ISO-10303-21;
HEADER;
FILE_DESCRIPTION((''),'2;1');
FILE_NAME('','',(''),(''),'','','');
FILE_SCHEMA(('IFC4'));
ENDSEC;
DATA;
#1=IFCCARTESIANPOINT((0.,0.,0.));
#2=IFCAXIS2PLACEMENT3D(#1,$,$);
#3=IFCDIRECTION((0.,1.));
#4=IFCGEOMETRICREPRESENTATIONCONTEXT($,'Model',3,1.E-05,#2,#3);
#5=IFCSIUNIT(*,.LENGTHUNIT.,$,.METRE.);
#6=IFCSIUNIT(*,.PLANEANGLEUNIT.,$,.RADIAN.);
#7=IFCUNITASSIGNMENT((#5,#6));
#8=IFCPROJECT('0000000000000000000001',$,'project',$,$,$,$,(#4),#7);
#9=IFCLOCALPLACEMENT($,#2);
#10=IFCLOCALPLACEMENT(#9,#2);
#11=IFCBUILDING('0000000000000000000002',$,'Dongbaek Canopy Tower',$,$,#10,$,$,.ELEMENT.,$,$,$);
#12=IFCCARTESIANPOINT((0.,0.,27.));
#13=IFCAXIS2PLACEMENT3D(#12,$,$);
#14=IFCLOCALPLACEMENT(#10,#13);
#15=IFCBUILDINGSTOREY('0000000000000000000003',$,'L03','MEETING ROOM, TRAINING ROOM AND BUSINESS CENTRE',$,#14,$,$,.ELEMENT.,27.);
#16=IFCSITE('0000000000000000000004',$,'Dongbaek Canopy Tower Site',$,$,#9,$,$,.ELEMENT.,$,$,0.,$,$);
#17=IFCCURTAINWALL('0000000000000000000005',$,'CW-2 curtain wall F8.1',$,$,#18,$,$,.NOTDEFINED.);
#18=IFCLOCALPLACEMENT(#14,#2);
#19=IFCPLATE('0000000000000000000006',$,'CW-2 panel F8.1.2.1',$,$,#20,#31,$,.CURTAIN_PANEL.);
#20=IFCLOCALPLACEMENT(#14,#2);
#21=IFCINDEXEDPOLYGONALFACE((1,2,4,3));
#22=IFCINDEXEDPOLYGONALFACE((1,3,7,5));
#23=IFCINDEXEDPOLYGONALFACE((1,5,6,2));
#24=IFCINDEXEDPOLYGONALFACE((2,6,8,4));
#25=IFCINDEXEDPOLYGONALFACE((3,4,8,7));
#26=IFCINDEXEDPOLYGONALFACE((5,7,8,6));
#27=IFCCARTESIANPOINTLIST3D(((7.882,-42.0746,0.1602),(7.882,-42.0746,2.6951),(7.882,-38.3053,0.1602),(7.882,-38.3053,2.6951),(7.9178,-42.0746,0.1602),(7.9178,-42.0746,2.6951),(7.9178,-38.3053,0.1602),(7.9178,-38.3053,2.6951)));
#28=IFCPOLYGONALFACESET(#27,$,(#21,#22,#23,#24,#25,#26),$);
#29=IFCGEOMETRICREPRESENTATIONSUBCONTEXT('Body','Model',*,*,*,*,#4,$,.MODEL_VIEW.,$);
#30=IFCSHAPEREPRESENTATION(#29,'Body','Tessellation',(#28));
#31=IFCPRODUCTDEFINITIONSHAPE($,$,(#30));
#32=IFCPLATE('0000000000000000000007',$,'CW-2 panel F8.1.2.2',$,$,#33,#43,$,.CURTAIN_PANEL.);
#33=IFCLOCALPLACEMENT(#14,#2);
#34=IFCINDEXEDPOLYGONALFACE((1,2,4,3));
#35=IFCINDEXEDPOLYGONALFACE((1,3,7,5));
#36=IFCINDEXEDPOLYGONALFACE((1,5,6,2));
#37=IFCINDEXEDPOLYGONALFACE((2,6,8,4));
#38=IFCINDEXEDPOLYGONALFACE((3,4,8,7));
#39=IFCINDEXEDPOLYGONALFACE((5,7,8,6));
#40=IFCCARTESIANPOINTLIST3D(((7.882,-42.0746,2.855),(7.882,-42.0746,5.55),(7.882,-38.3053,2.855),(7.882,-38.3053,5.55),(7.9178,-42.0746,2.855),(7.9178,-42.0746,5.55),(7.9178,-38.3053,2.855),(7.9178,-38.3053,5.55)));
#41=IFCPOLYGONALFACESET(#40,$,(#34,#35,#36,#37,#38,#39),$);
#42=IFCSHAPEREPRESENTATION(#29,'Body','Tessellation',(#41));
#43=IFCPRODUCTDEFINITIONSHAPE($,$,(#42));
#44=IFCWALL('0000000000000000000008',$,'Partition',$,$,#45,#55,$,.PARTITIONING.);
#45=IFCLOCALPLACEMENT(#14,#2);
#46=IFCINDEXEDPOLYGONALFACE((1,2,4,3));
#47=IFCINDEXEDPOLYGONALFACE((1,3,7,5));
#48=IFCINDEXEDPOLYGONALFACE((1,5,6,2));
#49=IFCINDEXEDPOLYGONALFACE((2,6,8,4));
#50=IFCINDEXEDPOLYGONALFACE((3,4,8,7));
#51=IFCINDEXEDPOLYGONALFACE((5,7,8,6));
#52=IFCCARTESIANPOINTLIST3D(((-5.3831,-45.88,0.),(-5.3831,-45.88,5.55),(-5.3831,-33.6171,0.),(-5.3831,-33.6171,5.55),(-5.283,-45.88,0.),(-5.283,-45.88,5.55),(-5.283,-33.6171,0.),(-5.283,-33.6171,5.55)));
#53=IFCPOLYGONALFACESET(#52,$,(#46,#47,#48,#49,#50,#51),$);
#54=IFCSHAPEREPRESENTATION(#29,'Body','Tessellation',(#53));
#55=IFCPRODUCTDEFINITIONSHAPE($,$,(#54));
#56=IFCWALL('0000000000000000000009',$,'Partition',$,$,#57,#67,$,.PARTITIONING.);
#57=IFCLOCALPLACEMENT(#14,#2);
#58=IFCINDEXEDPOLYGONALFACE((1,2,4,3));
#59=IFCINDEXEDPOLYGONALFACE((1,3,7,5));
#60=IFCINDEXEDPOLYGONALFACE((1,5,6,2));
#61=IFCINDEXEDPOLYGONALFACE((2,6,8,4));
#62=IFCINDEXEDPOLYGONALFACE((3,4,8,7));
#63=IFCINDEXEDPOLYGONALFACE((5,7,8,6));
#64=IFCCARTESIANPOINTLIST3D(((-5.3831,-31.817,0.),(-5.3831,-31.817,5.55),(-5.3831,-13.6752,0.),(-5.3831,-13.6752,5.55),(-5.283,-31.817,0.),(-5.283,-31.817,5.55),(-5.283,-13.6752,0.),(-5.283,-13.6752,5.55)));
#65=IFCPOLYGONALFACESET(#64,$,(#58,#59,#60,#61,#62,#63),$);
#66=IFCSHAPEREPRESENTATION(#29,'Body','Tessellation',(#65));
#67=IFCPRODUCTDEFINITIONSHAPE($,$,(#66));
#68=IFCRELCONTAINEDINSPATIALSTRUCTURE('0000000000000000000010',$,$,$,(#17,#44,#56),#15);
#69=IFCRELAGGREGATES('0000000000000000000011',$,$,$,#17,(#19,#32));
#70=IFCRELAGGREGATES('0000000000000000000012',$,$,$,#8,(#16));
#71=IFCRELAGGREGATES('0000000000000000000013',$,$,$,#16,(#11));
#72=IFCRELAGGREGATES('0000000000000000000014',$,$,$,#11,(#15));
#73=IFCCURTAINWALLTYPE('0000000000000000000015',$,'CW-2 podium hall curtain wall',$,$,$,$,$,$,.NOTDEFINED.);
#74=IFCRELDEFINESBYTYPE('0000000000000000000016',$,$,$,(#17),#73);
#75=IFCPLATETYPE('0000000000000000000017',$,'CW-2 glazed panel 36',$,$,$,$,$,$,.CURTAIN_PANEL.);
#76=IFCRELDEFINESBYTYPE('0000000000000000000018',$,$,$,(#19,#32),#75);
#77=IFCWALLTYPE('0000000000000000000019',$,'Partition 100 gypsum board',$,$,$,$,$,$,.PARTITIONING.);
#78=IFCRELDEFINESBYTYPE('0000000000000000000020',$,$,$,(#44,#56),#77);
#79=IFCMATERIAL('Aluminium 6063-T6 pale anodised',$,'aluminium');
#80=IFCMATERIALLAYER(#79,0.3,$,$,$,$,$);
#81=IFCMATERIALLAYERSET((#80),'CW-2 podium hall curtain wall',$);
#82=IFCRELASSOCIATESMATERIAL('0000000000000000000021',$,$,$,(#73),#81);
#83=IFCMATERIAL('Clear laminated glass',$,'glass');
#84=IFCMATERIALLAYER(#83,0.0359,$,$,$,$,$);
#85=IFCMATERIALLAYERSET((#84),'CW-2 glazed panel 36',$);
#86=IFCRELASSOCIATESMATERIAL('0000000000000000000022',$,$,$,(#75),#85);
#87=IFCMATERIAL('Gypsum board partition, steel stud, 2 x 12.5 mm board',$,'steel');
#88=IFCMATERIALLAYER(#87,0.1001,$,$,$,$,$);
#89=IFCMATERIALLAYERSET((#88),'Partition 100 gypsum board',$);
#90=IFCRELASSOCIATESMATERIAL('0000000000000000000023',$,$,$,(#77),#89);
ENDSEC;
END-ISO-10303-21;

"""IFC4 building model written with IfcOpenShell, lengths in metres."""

from ifc_helpers import new_model, si_unit, direction, frame, frame_2d, origin, origin_2d, place, context, subcontext, project, spatial, rectangle, extrude, material, layer, layer_set, type_object, element, aggregate, save


model = new_model("IFC4")

# Units and contexts
model_context = context("Model", 3, precision=1e-05, world=origin(), true_north=direction((0.0, 1.0)))
body_context = subcontext(model_context, "Body", "Model", "MODEL_VIEW")
ifc_project = project(units=[si_unit("LENGTHUNIT", "METRE"), si_unit("PLANEANGLEUNIT", "RADIAN")], contexts=[model_context])

# Site, building, storey
site_placement = place(None, origin())
site = spatial("IfcSite", under=ifc_project, at=site_placement, Name="Dongbaek Canopy Tower Site", CompositionType="ELEMENT", RefElevation=0.0)
building_placement = place(site_placement, origin())
building = spatial("IfcBuilding", under=site, at=building_placement, Name="Dongbaek Canopy Tower", CompositionType="ELEMENT")
storey_placement = place(building_placement, frame((0.0, 0.0, 27.0)))
storey = spatial("IfcBuildingStorey", under=building, at=storey_placement, Name="L03", Description="MEETING ROOM, TRAINING ROOM AND BUSINESS CENTRE", CompositionType="ELEMENT", Elevation=27.0)

# Curtain wall
ifc_material_1 = material(Name="Aluminium 6063-T6 pale anodised", Category="aluminium")
ifc_layer_1 = layer(ifc_material_1, 0.3)
ifc_layer_set_1 = layer_set([ifc_layer_1], Name="CW-2 podium hall curtain wall")
curtain_wall_type = type_object("IfcCurtainWallType", Name="CW-2 podium hall curtain wall", PredefinedType="NOTDEFINED", material=ifc_layer_set_1)
curtain_wall_1_placement = place(storey_placement, origin())
curtain_wall_1 = element("IfcCurtainWall", 1, at=curtain_wall_1_placement, inside=storey, type_object=curtain_wall_type, Name="CW-2 curtain wall F8.1", PredefinedType="NOTDEFINED")

# Plates
ifc_material_2 = material(Name="Clear laminated glass", Category="glass")
ifc_layer_2 = layer(ifc_material_2, 0.0359)
ifc_layer_set_2 = layer_set([ifc_layer_2], Name="CW-2 glazed panel 36")
plate_type = type_object("IfcPlateType", Name="CW-2 glazed panel 36", PredefinedType="CURTAIN_PANEL", material=ifc_layer_set_2)
plate_1_placement = place(storey_placement, frame((7.8999, -40.1899, 0.1602), z_axis=(0.0, 0.0, 1.0), x_axis=(0.0, 1.0, 0.0)))
plate_1 = element("IfcPlate", 2, at=plate_1_placement, type_object=plate_type, Name="CW-2 panel F8.1.2.1", PredefinedType="CURTAIN_PANEL", context=body_context, shape_type="SweptSolid", body=[
    extrude(rectangle(XDim=3.7693, YDim=0.0359, at=origin_2d()), origin(), (0.0, 0.0, 1.0), 2.5349),
])
plate_2_placement = place(storey_placement, frame((7.8999, -40.1899, 2.855), z_axis=(0.0, 0.0, 1.0), x_axis=(0.0, 1.0, 0.0)))
plate_2 = element("IfcPlate", 3, at=plate_2_placement, type_object=plate_type, Name="CW-2 panel F8.1.2.2", PredefinedType="CURTAIN_PANEL", context=body_context, shape_type="SweptSolid", body=[
    extrude(rectangle(XDim=3.7693, YDim=0.0359, at=origin_2d()), origin(), (0.0, 0.0, 1.0), 2.6951),
])
aggregate(curtain_wall_1, [plate_1, plate_2])

# Walls
ifc_material_3 = material(Name="Gypsum board partition, steel stud, 2 x 12.5 mm board", Category="steel")
ifc_layer_3 = layer(ifc_material_3, 0.1001)
ifc_layer_set_3 = layer_set([ifc_layer_3], Name="Partition 100 gypsum board")
wall_type = type_object("IfcWallType", Name="Partition 100 gypsum board", PredefinedType="PARTITIONING", material=ifc_layer_set_3)
wall_1_placement = place(storey_placement, frame((-5.333, -45.8799, 0.0), z_axis=(0.0, 0.0, 1.0), x_axis=(0.0, 1.0, 0.0)))
element("IfcWall", 4, at=wall_1_placement, inside=storey, type_object=wall_type, Name="Partition", PredefinedType="PARTITIONING", context=body_context, shape_type="SweptSolid", body=[
    extrude(rectangle(XDim=12.2629, YDim=0.1001, at=frame_2d((6.1313, 0.0))), origin(), (0.0, 0.0, 1.0), 5.55),
])
wall_2_placement = place(storey_placement, frame((-5.333, -31.8169, 0.0), z_axis=(0.0, 0.0, 1.0), x_axis=(0.0, 1.0, 0.0)))
element("IfcWall", 5, at=wall_2_placement, inside=storey, type_object=wall_type, Name="Partition", PredefinedType="PARTITIONING", context=body_context, shape_type="SweptSolid", body=[
    extrude(rectangle(XDim=18.1418, YDim=0.1001, at=frame_2d((9.0708, 0.0))), origin(), (0.0, 0.0, 1.0), 5.55),
])

save(model, "model.ifc")
